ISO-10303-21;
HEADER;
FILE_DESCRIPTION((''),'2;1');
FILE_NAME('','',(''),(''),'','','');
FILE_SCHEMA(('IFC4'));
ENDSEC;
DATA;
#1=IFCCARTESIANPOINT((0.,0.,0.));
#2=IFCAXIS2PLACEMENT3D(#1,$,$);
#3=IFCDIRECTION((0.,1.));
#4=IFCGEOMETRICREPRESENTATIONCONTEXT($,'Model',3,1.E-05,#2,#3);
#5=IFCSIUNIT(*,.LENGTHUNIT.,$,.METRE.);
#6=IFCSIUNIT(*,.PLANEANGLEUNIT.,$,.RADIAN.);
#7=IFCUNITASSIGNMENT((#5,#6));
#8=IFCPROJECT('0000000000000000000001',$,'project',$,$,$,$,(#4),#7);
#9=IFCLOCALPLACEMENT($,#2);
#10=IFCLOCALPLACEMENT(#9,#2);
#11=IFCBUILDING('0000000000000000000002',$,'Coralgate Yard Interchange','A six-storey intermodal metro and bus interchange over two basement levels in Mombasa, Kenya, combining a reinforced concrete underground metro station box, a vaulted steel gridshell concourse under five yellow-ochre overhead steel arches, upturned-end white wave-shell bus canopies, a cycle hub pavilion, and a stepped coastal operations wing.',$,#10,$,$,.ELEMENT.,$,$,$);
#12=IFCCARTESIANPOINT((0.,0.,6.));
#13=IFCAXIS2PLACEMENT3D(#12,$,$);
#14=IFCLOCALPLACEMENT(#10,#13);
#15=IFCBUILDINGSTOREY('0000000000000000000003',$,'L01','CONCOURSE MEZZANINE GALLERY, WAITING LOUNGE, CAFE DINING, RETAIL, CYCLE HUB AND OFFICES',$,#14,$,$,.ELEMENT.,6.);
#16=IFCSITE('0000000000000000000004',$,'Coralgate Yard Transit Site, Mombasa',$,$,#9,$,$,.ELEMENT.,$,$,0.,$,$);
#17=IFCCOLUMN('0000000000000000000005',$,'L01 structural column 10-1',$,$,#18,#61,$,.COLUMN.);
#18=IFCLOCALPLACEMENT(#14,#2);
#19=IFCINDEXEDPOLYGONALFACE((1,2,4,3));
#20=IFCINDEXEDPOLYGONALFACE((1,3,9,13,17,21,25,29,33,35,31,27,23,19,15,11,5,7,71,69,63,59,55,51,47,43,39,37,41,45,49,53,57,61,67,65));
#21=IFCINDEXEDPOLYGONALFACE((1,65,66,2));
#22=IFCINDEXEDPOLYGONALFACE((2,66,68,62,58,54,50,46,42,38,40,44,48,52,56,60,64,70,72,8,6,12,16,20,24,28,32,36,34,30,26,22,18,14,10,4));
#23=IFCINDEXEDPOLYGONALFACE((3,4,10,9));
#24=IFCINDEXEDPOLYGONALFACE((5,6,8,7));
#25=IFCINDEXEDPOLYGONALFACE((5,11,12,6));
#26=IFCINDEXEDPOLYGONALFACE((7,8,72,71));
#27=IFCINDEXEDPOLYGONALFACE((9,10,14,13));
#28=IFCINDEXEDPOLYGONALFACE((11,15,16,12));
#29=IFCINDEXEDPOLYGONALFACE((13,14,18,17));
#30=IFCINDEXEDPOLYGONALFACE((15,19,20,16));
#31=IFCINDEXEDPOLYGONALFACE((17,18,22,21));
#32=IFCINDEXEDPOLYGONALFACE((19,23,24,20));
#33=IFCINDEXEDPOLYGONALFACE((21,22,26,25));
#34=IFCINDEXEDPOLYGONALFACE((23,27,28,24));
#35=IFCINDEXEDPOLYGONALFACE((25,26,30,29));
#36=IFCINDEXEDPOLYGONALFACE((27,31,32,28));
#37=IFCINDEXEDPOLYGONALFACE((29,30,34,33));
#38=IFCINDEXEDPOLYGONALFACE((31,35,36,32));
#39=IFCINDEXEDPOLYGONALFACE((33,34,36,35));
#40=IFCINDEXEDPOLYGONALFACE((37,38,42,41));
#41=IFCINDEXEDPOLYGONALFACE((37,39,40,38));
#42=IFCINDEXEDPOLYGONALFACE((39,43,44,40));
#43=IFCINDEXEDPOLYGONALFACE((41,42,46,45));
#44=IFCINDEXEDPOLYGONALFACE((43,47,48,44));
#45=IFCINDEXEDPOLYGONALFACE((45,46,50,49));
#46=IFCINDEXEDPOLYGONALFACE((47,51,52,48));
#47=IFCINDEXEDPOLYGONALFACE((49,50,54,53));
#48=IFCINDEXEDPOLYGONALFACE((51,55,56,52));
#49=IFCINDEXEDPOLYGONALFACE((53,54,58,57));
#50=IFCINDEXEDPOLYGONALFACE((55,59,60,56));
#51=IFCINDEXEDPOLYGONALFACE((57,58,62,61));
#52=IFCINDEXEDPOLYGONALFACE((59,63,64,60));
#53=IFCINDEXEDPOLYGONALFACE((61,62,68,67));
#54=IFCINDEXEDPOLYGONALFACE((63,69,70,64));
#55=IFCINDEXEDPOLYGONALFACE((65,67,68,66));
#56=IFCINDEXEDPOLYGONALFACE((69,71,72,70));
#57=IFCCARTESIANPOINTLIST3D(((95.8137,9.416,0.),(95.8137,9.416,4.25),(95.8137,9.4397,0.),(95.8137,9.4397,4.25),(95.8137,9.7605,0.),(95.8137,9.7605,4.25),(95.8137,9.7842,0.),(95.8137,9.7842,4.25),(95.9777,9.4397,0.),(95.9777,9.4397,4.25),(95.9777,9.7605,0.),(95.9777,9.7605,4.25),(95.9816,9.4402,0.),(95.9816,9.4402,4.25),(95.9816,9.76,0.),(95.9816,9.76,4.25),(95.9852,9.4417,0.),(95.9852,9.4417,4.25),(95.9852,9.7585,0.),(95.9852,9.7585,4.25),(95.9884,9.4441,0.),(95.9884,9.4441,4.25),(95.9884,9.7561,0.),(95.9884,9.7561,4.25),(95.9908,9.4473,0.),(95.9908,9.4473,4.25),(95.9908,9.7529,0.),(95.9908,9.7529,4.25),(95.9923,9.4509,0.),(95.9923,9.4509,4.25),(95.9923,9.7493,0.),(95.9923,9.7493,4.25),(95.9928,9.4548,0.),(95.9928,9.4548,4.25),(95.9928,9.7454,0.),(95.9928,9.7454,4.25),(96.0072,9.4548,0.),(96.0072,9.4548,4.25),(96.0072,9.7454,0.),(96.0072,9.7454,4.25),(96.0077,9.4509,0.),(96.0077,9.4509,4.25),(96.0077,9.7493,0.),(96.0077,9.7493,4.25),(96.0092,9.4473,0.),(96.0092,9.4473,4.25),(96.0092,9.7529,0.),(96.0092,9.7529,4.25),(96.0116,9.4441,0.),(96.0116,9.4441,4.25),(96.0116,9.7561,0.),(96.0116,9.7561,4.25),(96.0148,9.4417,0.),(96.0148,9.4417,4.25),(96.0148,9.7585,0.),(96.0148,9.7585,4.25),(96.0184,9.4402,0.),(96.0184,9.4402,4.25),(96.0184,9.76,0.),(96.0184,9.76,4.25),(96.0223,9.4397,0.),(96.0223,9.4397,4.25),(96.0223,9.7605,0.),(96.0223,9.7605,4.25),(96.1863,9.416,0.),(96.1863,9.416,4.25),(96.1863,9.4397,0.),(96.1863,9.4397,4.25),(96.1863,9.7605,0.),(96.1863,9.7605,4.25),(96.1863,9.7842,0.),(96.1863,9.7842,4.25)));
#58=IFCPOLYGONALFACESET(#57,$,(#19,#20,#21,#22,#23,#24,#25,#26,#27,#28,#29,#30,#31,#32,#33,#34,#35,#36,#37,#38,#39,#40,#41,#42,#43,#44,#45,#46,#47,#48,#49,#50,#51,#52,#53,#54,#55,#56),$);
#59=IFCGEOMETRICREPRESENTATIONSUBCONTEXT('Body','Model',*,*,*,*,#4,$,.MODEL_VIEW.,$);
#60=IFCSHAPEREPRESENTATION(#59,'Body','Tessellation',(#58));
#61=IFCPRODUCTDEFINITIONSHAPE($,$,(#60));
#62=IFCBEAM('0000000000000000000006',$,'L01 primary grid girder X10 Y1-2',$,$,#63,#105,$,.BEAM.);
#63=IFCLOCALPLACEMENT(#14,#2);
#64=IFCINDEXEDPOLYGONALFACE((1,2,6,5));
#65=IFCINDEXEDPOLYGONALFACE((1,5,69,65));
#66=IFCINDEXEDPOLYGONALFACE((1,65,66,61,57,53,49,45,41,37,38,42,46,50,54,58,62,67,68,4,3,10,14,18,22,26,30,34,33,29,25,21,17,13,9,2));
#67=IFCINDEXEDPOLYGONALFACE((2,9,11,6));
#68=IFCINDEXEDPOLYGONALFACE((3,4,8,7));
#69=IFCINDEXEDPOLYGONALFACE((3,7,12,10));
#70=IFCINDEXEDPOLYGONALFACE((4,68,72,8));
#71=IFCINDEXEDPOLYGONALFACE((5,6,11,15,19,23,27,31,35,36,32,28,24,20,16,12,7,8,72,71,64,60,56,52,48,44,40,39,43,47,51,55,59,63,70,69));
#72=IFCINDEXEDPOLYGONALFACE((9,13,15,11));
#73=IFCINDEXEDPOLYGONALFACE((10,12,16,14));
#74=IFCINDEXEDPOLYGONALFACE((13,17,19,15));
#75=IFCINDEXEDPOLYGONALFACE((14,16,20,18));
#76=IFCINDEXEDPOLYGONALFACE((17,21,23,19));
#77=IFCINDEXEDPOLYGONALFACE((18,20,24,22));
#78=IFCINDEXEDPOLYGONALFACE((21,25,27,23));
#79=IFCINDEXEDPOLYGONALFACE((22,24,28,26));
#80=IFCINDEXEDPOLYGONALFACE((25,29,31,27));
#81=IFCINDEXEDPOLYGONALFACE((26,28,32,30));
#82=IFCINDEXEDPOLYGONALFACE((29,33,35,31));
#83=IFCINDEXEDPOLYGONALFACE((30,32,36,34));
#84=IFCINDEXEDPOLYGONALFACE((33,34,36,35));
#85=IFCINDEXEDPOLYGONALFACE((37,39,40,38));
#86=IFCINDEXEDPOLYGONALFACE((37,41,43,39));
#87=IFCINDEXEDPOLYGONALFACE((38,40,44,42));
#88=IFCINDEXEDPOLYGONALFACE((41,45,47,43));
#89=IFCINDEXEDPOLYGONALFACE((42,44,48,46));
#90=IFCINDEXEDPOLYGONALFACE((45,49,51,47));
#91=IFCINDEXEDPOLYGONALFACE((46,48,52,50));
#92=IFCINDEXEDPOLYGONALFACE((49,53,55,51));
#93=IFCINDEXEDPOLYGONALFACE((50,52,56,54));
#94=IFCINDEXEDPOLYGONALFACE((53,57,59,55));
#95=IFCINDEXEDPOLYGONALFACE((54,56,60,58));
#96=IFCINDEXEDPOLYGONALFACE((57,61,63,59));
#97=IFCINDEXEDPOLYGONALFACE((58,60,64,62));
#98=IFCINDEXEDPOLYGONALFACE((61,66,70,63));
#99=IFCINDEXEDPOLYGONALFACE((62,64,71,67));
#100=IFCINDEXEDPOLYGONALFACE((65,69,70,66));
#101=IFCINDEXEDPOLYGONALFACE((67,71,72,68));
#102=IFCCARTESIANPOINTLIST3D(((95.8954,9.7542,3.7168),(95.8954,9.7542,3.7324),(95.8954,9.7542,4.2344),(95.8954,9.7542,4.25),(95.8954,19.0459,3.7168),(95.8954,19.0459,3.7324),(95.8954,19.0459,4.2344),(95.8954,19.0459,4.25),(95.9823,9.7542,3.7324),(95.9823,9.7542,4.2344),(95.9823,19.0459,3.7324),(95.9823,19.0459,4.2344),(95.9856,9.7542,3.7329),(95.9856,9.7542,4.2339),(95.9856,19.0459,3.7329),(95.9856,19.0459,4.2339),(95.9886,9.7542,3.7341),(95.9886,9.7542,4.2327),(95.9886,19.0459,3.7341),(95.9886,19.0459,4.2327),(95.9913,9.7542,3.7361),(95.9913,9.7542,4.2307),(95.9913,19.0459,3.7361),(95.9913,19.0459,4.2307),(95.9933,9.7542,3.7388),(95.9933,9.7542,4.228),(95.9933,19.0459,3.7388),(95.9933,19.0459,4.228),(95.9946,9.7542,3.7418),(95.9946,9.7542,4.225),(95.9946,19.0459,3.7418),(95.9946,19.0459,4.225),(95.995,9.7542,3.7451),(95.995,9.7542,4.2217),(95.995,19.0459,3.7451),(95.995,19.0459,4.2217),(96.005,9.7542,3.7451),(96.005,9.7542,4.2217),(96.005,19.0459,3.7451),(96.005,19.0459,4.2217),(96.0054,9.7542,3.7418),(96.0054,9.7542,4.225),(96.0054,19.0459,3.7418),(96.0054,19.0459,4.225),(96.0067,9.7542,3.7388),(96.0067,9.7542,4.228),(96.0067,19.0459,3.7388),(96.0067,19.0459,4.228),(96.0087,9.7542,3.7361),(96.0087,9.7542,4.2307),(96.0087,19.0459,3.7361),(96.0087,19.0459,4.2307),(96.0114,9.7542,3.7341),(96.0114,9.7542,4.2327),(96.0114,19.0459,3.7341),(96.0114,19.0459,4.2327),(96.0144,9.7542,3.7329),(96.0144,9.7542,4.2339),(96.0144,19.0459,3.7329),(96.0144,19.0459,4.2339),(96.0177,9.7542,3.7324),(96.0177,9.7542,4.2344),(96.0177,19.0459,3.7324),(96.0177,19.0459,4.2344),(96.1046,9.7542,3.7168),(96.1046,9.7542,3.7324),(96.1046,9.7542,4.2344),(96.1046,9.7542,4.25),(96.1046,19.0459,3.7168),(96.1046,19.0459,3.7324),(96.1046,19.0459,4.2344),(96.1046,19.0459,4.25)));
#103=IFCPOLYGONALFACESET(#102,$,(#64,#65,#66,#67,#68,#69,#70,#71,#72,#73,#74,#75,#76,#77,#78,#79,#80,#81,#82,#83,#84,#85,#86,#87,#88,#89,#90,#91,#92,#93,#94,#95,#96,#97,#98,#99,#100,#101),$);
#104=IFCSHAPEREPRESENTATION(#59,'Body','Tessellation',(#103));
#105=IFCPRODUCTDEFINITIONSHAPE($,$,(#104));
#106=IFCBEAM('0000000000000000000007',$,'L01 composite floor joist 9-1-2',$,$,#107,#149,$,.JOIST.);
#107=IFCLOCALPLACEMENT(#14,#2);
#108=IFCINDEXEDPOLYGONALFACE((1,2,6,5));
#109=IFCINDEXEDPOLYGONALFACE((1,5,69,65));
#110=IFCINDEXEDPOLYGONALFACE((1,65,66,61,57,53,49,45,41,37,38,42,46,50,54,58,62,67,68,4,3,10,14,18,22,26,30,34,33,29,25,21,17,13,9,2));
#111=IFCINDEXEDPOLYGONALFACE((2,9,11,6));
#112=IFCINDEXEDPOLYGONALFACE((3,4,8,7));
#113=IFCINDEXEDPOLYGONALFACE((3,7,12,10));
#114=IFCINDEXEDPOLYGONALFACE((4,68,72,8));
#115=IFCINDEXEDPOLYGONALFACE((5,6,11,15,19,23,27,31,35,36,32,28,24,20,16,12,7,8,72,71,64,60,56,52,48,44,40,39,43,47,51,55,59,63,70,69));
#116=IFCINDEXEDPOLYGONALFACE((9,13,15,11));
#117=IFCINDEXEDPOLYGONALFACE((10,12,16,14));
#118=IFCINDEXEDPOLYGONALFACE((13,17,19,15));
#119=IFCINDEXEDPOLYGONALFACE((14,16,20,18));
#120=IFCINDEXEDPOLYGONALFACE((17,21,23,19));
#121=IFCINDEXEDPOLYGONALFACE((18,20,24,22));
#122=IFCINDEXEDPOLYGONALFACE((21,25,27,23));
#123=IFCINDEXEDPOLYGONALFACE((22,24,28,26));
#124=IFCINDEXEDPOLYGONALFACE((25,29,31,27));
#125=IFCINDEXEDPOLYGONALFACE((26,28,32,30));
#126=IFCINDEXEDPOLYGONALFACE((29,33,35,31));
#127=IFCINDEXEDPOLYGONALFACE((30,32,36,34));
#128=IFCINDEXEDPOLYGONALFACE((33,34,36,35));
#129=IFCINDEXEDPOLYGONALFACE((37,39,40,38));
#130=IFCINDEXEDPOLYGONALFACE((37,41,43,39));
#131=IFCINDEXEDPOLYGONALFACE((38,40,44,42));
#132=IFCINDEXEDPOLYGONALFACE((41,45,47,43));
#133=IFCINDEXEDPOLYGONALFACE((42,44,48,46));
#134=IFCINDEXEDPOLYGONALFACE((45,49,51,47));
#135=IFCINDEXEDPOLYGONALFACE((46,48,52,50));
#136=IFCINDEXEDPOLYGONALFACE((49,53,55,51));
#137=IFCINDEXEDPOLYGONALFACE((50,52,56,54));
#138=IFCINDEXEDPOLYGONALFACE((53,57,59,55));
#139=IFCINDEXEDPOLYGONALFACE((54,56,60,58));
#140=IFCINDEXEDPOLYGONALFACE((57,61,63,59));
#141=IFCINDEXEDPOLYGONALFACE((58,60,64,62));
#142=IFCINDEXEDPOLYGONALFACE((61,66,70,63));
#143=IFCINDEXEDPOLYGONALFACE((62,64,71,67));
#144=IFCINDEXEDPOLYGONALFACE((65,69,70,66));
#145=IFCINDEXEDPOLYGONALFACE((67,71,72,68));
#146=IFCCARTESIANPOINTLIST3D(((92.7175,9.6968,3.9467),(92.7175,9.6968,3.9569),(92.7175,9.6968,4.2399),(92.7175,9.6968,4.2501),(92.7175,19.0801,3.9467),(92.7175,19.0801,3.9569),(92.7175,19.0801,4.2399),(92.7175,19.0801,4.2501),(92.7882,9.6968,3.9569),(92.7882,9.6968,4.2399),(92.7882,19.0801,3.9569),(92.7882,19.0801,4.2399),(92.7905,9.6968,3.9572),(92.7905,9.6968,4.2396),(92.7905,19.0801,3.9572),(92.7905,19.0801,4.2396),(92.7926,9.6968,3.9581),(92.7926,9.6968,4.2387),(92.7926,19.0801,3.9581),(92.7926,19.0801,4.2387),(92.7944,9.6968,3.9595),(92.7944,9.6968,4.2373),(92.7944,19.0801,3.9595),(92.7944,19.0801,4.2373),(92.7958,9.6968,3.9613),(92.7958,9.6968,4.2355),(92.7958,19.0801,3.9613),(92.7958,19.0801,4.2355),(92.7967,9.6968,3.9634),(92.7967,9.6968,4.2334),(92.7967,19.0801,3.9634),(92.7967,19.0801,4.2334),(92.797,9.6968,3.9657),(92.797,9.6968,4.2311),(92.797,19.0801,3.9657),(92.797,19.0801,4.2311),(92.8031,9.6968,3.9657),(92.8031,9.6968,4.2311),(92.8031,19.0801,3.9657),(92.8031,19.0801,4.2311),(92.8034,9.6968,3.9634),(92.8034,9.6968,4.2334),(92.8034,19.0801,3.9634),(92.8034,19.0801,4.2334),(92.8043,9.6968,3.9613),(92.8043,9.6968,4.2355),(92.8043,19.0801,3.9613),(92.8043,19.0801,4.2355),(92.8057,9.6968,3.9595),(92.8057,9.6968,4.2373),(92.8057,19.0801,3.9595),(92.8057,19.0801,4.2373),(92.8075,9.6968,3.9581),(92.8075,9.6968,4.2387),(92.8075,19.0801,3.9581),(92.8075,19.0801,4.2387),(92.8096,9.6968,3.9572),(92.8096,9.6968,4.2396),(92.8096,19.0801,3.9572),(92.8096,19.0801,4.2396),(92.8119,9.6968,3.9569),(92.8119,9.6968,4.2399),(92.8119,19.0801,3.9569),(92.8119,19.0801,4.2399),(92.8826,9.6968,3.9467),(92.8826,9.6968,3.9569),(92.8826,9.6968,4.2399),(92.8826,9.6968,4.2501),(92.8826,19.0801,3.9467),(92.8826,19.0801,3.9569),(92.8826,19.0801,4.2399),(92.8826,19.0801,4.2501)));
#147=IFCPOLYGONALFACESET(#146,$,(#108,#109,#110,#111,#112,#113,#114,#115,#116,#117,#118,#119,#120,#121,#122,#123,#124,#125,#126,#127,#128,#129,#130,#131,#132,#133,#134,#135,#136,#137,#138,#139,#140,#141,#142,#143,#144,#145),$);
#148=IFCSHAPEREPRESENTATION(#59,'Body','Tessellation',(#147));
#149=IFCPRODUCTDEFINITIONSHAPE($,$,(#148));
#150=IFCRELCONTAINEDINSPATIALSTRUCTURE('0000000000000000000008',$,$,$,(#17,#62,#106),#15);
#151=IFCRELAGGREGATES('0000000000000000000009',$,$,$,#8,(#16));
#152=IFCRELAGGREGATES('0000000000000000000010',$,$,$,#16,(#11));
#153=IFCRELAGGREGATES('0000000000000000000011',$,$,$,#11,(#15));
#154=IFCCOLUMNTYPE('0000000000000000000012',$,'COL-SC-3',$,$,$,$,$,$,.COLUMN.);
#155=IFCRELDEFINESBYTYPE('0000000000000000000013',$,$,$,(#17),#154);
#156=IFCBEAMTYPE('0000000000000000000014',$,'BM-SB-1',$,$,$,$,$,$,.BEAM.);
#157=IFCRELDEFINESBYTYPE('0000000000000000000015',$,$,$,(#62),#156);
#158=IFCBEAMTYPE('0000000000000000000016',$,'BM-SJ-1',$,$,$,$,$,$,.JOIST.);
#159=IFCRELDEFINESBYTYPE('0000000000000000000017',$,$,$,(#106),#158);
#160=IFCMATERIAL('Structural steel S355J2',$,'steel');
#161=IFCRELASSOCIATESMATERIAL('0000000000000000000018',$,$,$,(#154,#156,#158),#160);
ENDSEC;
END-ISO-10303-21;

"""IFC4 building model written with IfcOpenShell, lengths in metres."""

from ifc_helpers import new_model, si_unit, direction, frame, origin, origin_2d, place, context, subcontext, project, spatial, i_section, extrude, material, material_profile, profile_set, type_object, element, save


model = new_model("IFC4")

# Units and contexts
model_context = context("Model", 3, precision=1e-05, world=origin(), true_north=direction((0.0, 1.0)))
body_context = subcontext(model_context, "Body", "Model", "MODEL_VIEW")
ifc_project = project(units=[si_unit("LENGTHUNIT", "METRE"), si_unit("PLANEANGLEUNIT", "RADIAN")], contexts=[model_context])

# Site, building, storey
site_placement = place(None, origin())
site = spatial("IfcSite", under=ifc_project, at=site_placement, Name="Coralgate Yard Transit Site, Mombasa", CompositionType="ELEMENT", RefElevation=0.0)
building_placement = place(site_placement, origin())
building = spatial("IfcBuilding", under=site, at=building_placement, Name="Coralgate Yard Interchange", Description="A six-storey intermodal metro and bus interchange over two basement levels in Mombasa, Kenya, combining a reinforced concrete underground metro station box, a vaulted steel gridshell concourse under five yellow-ochre overhead steel arches, upturned-end white wave-shell bus canopies, a cycle hub pavilion, and a stepped coastal operations wing.", CompositionType="ELEMENT")
storey_placement = place(building_placement, frame((0.0, 0.0, 6.0)))
storey = spatial("IfcBuildingStorey", under=building, at=storey_placement, Name="L01", Description="CONCOURSE MEZZANINE GALLERY, WAITING LOUNGE, CAFE DINING, RETAIL, CYCLE HUB AND OFFICES", CompositionType="ELEMENT", Elevation=6.0)

# Column
ifc_material_1 = material(Name="Structural steel S355J2", Category="steel")
ifc_material_profile_1 = material_profile(ifc_material_1, i_section(OverallWidth=0.3726, OverallDepth=0.3682, WebThickness=0.0144, FlangeThickness=0.0237, FilletRadius=0.0151, at=origin_2d()), Name="UC 356x368x177")
ifc_profile_set_1 = profile_set([ifc_material_profile_1], Name="Structural steel S355J2")
column_type = type_object("IfcColumnType", Name="COL-SC-3", PredefinedType="COLUMN", material=ifc_profile_set_1)
column_placement = place(storey_placement, frame((96.0, 9.6001, 0.0), z_axis=(0.0, 0.0, 1.0), x_axis=(1.0, 0.0, 0.0)))
element("IfcColumn", 1, at=column_placement, inside=storey, type_object=column_type, Name="L01 structural column 10-1", PredefinedType="COLUMN", context=body_context, shape_type="SweptSolid", body=[
    extrude(i_section(OverallWidth=0.3726, OverallDepth=0.3682, WebThickness=0.0144, FlangeThickness=0.0237, FilletRadius=0.0151, at=origin_2d()), origin(), (0.0, 0.0, 1.0), 4.25),
])

# Beams
ifc_material_profile_2 = material_profile(ifc_material_1, i_section(OverallWidth=0.2092, OverallDepth=0.5332, WebThickness=0.01, FlangeThickness=0.0156, FilletRadius=0.0127, at=origin_2d()), Name="UB 533x210x92")
ifc_profile_set_2 = profile_set([ifc_material_profile_2], Name="Structural steel S355J2")
beam_type_1 = type_object("IfcBeamType", Name="BM-SB-1", PredefinedType="BEAM", material=ifc_profile_set_2)
beam_1_placement = place(storey_placement, frame((96.0, 9.7542, 3.9834), z_axis=(0.0, 1.0, 0.0), x_axis=(-1.0, 0.0, 0.0)))
element("IfcBeam", 2, at=beam_1_placement, inside=storey, type_object=beam_type_1, Name="L01 primary grid girder X10 Y1-2", PredefinedType="BEAM", context=body_context, shape_type="SweptSolid", body=[
    extrude(i_section(OverallWidth=0.2092, OverallDepth=0.5332, WebThickness=0.01, FlangeThickness=0.0156, FilletRadius=0.0127, at=origin_2d()), origin(), (0.0, 0.0, 1.0), 9.2917),
])
ifc_material_profile_3 = material_profile(ifc_material_1, i_section(OverallWidth=0.165, OverallDepth=0.3035, WebThickness=0.0061, FlangeThickness=0.0103, FilletRadius=0.0088, at=origin_2d()), Name="UB 305x165x40")
ifc_profile_set_3 = profile_set([ifc_material_profile_3], Name="Structural steel S355J2")
beam_type_2 = type_object("IfcBeamType", Name="BM-SJ-1", PredefinedType="JOIST", material=ifc_profile_set_3)
beam_2_placement = place(storey_placement, frame((92.8, 9.6968, 4.0984), z_axis=(0.0, 1.0, 0.0), x_axis=(-1.0, 0.0, 0.0)))
element("IfcBeam", 3, at=beam_2_placement, inside=storey, type_object=beam_type_2, Name="L01 composite floor joist 9-1-2", PredefinedType="JOIST", context=body_context, shape_type="SweptSolid", body=[
    extrude(i_section(OverallWidth=0.165, OverallDepth=0.3035, WebThickness=0.0061, FlangeThickness=0.0103, FilletRadius=0.0088, at=origin_2d()), origin(), (0.0, 0.0, 1.0), 9.3833),
])

save(model, "model.ifc")
